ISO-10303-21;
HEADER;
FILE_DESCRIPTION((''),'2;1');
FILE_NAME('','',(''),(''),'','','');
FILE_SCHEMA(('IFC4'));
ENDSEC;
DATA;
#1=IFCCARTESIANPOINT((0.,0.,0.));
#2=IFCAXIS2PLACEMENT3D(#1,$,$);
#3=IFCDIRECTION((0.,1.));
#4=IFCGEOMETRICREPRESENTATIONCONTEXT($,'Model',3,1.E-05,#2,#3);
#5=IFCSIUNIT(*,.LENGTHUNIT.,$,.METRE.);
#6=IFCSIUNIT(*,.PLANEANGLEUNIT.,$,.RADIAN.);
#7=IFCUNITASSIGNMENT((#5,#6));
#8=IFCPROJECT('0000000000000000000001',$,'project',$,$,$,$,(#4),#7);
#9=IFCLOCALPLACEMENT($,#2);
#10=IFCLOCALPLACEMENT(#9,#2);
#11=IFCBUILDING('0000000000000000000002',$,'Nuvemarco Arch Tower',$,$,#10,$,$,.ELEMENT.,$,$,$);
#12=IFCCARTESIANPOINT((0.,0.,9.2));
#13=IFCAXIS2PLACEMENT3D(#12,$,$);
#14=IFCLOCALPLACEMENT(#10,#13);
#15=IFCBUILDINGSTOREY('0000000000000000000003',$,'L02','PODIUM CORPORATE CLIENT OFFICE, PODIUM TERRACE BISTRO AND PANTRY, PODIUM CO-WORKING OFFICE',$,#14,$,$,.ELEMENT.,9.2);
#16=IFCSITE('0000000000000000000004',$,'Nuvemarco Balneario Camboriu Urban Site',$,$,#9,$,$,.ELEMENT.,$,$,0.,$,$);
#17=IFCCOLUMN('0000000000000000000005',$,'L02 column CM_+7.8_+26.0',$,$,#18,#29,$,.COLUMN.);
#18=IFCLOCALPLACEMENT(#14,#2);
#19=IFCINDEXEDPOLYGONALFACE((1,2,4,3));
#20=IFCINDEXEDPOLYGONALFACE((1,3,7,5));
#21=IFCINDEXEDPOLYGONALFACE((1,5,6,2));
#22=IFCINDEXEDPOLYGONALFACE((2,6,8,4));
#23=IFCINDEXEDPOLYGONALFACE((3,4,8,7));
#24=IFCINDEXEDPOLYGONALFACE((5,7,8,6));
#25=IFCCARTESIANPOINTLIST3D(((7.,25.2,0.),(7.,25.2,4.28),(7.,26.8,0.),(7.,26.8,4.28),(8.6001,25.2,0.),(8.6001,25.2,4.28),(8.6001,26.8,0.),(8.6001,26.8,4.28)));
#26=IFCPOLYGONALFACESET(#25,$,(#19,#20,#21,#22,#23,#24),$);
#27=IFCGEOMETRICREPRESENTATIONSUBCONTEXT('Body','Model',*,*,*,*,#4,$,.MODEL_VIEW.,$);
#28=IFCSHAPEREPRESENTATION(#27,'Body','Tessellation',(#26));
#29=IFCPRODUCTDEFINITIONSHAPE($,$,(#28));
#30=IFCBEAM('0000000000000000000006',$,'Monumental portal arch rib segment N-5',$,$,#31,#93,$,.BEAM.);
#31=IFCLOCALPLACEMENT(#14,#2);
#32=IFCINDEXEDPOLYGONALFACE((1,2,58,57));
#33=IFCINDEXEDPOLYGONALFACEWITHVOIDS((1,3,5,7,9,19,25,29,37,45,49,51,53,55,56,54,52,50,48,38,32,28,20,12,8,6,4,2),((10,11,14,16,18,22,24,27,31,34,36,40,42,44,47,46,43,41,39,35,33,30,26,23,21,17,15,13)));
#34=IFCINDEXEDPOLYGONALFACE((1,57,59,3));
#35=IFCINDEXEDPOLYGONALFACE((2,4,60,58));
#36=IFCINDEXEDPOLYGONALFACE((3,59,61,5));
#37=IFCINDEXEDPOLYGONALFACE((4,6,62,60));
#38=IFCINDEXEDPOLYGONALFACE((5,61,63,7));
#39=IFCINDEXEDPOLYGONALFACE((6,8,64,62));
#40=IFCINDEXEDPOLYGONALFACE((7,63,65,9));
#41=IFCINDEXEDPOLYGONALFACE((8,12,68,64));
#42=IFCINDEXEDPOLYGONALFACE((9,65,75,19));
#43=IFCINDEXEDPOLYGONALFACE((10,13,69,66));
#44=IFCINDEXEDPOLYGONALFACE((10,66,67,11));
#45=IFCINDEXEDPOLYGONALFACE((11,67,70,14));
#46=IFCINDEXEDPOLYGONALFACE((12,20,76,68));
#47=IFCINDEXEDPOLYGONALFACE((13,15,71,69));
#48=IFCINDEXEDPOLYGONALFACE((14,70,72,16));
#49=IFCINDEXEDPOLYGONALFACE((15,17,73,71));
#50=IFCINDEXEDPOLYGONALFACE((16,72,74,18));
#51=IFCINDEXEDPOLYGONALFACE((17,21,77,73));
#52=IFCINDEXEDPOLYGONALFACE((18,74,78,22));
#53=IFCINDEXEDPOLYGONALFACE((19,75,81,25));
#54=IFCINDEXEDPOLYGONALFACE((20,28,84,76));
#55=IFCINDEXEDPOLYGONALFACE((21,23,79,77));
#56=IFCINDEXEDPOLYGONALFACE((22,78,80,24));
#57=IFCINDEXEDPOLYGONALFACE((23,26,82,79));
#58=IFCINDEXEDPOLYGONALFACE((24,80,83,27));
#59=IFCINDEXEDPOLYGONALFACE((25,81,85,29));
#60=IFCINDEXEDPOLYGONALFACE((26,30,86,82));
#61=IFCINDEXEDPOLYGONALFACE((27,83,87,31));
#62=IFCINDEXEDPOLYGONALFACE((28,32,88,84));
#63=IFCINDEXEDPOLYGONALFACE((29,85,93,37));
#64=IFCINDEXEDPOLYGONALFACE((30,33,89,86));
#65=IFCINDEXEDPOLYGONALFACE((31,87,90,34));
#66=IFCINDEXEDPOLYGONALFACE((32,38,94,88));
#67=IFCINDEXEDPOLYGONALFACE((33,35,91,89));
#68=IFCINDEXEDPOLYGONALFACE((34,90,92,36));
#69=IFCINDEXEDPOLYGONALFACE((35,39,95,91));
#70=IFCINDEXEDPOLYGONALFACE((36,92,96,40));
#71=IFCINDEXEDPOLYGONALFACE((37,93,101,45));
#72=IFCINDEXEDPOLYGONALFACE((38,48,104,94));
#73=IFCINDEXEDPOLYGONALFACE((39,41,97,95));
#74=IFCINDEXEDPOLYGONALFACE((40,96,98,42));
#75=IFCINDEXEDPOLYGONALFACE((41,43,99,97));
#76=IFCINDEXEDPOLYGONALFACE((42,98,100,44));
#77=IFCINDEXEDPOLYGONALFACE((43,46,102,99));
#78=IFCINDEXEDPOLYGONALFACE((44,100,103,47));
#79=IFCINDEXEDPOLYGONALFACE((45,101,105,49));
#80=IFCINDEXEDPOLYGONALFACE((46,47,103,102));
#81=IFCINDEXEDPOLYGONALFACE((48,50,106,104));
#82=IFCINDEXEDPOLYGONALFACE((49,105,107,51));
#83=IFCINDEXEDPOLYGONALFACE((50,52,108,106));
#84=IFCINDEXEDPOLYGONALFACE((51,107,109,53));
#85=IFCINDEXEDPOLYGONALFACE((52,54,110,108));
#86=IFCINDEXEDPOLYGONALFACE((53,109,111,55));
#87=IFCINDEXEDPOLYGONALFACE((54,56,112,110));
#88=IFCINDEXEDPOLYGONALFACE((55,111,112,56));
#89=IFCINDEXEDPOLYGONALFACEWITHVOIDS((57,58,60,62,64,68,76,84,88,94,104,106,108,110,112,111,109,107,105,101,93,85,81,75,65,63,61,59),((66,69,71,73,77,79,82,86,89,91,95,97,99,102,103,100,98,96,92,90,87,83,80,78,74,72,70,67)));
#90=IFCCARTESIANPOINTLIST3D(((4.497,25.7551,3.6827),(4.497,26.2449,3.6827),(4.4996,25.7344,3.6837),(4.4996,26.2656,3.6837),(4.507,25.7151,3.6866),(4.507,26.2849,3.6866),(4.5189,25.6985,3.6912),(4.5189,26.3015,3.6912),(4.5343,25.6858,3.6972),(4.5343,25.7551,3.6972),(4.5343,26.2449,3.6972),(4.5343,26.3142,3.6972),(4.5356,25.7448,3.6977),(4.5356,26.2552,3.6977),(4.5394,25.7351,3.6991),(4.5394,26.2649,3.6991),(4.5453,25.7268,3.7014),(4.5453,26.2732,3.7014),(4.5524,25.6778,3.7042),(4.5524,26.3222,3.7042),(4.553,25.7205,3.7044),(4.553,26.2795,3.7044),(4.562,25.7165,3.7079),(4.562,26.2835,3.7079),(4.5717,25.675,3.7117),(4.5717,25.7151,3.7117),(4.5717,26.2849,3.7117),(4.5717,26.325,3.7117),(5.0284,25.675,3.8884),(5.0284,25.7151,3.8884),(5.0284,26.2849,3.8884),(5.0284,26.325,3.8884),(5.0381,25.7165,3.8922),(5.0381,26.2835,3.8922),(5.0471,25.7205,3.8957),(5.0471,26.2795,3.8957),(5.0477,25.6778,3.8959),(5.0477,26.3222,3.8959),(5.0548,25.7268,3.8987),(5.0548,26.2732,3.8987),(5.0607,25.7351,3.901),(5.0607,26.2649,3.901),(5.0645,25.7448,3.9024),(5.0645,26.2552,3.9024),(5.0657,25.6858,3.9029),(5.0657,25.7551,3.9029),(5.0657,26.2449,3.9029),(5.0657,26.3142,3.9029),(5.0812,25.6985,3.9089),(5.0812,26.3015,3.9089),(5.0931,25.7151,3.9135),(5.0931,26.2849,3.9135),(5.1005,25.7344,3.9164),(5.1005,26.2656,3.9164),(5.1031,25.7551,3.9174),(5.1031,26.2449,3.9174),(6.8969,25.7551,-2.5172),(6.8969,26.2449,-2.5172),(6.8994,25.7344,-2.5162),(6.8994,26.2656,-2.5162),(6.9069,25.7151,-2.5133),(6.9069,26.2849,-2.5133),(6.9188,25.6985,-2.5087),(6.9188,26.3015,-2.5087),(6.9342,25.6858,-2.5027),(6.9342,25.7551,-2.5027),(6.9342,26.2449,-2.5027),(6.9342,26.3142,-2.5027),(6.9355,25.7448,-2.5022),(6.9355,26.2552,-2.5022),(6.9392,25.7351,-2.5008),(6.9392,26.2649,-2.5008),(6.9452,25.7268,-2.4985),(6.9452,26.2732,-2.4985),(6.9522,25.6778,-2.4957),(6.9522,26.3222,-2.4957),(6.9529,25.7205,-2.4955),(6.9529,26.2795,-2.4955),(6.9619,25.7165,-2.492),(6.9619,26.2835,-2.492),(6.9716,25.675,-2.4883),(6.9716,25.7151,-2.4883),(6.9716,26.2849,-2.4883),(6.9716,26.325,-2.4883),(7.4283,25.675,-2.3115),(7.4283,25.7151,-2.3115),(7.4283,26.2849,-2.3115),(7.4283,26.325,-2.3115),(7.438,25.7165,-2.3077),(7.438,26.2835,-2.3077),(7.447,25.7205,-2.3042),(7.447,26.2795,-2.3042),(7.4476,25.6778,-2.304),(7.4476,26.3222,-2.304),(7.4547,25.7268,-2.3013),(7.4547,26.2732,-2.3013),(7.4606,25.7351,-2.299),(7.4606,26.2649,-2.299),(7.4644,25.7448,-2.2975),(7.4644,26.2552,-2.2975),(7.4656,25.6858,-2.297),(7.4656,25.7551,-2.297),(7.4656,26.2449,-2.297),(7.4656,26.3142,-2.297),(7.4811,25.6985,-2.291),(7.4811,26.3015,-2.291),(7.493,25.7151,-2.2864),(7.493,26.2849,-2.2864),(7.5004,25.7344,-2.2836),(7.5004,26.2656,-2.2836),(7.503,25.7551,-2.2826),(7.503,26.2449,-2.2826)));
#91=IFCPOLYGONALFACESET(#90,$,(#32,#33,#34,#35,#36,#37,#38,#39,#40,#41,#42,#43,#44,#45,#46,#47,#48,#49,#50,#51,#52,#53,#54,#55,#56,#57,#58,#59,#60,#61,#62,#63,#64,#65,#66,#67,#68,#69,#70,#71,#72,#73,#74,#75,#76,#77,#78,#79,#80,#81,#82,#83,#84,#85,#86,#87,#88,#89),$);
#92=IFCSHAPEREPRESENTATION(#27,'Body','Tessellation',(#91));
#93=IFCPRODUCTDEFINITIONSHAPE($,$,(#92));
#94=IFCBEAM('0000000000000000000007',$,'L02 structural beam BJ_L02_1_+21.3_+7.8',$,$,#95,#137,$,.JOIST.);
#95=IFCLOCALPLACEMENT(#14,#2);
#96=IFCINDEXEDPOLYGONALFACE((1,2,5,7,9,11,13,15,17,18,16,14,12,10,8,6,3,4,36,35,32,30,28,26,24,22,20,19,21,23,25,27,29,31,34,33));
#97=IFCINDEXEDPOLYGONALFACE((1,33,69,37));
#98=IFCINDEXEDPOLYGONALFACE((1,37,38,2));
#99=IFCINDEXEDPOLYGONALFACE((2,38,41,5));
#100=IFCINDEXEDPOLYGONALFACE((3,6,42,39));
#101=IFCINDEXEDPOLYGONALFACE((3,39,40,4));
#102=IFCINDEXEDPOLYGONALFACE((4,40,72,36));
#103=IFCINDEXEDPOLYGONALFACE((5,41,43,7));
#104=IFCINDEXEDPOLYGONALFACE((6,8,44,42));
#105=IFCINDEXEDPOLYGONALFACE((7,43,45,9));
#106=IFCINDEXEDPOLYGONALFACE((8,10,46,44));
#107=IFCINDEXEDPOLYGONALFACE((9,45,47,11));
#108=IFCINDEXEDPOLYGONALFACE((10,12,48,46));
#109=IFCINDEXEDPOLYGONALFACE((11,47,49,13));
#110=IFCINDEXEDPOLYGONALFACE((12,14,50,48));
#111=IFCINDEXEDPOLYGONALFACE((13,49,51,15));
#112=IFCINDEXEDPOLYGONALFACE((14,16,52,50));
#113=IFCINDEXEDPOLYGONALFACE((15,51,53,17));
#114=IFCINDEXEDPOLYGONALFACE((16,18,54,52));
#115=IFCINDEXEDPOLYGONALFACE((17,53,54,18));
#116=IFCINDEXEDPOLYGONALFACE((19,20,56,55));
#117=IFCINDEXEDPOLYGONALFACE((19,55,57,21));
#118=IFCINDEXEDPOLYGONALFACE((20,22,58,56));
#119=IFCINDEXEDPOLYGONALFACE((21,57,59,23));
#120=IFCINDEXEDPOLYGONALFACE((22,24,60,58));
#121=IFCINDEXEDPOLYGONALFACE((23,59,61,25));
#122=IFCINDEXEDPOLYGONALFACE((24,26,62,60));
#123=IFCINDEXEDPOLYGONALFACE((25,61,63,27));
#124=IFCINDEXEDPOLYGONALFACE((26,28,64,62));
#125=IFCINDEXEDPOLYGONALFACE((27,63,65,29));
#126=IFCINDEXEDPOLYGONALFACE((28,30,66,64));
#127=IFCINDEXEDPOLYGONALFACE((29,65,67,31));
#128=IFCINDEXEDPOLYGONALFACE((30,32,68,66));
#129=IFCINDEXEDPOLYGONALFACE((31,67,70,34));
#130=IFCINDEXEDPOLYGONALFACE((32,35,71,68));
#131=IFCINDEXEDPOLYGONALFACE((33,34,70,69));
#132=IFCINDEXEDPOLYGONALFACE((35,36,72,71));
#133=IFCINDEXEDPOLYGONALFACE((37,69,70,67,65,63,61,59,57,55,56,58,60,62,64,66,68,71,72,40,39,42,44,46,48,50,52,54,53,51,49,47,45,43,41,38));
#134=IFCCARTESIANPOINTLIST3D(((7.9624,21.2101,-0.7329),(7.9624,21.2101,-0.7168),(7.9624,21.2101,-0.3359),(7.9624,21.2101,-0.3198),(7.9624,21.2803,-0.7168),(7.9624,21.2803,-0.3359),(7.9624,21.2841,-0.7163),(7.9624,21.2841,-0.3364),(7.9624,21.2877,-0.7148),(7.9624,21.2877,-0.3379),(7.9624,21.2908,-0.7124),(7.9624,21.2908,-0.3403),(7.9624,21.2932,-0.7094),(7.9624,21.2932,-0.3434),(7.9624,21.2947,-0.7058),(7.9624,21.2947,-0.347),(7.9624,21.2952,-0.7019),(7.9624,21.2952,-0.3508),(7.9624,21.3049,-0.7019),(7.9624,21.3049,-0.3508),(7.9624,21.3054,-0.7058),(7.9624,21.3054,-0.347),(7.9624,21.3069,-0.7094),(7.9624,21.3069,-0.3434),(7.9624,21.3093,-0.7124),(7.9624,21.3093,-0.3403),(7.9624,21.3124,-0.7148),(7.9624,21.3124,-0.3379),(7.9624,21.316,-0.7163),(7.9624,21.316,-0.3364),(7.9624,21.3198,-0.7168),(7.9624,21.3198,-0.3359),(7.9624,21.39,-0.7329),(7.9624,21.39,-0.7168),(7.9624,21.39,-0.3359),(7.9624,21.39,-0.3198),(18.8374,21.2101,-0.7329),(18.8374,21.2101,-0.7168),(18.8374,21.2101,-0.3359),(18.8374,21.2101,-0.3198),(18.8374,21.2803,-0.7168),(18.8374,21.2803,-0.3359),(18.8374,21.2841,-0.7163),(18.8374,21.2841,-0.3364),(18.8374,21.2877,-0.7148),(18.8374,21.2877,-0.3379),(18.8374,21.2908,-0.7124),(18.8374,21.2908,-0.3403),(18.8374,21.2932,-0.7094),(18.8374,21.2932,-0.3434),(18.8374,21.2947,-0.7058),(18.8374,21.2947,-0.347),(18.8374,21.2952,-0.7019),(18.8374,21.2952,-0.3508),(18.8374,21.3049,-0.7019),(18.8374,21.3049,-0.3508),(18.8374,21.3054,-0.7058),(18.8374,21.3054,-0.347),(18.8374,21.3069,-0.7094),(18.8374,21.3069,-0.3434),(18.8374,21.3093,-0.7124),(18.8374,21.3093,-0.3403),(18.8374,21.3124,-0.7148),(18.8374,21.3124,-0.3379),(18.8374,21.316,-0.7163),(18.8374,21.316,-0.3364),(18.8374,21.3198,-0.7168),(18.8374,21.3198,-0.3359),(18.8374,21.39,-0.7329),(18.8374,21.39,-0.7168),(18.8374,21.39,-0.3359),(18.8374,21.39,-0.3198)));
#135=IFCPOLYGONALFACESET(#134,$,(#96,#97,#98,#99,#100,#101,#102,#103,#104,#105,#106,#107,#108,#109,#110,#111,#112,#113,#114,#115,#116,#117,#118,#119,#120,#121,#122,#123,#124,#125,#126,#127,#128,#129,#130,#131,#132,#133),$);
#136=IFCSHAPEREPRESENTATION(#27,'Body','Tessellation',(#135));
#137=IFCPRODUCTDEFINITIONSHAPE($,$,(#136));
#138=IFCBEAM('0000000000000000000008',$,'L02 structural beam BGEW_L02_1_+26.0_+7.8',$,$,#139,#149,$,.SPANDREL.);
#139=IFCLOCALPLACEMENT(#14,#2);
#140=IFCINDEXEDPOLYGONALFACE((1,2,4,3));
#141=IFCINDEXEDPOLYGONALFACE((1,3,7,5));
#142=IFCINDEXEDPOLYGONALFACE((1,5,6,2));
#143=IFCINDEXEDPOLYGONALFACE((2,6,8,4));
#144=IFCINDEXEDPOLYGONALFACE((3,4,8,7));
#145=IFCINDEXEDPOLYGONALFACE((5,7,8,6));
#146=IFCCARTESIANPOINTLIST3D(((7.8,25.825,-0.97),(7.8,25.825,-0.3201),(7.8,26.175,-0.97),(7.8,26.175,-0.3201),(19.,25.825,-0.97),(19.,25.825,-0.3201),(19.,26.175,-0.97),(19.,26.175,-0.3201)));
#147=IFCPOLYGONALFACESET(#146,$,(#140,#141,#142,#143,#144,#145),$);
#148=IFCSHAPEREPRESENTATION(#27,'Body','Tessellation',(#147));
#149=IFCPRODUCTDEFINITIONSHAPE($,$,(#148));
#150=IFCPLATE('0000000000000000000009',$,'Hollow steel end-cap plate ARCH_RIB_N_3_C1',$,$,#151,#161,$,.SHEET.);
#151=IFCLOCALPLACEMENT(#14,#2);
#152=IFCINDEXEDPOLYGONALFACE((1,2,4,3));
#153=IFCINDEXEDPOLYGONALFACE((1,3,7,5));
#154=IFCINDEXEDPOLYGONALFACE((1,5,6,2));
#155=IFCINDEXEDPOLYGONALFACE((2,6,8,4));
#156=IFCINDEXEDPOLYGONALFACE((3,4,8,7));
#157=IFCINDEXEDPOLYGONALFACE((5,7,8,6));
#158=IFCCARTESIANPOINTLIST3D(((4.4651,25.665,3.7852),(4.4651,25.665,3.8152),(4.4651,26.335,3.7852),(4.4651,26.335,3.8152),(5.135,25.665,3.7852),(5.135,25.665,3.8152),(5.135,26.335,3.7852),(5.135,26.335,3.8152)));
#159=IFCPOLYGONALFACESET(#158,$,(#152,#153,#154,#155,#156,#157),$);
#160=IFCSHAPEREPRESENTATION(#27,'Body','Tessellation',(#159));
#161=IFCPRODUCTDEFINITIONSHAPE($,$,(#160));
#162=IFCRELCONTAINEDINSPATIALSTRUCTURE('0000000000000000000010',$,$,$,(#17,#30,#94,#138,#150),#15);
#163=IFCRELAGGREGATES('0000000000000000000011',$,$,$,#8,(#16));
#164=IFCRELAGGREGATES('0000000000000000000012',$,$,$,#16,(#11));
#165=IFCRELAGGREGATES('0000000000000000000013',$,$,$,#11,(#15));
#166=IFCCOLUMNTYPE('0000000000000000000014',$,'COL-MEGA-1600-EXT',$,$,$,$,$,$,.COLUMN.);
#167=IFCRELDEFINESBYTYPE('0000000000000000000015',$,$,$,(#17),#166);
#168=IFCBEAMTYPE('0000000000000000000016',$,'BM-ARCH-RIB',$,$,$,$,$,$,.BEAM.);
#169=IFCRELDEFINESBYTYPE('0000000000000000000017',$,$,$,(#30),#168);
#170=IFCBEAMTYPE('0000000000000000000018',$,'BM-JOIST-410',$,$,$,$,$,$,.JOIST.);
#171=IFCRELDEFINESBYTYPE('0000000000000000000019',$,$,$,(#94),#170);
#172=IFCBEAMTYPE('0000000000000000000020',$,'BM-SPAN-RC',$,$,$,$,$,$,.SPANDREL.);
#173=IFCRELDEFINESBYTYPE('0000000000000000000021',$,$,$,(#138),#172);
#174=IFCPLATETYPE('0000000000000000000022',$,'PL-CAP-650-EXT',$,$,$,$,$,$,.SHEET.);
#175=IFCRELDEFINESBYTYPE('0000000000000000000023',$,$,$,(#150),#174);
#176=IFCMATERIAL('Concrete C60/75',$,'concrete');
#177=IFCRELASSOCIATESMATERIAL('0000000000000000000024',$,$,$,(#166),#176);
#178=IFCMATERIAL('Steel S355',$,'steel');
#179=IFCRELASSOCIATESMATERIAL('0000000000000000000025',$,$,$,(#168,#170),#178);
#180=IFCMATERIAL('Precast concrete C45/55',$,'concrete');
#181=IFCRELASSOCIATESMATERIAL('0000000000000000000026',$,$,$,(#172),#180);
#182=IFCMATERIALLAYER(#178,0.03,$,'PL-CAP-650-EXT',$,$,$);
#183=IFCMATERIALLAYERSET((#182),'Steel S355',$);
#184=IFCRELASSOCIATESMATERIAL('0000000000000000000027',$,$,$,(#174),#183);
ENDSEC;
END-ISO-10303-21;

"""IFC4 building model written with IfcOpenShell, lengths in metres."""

from ifc_helpers import new_model, si_unit, direction, frame, origin, origin_2d, place, context, subcontext, project, spatial, rectangle, hollow_rectangle, i_section, extrude, source, transform, mapped, material, layer, layer_set, material_profile, profile_set, type_object, type_shapes, element, save


model = new_model("IFC4")

# Units and contexts
model_context = context("Model", 3, precision=1e-05, world=origin(), true_north=direction((0.0, 1.0)))
body_context = subcontext(model_context, "Body", "Model", "MODEL_VIEW")
ifc_project = project(units=[si_unit("LENGTHUNIT", "METRE"), si_unit("PLANEANGLEUNIT", "RADIAN")], contexts=[model_context])

# Site, building, storey
site_placement = place(None, origin())
site = spatial("IfcSite", under=ifc_project, at=site_placement, Name="Nuvemarco Balneario Camboriu Urban Site", CompositionType="ELEMENT", RefElevation=0.0)
building_placement = place(site_placement, origin())
building = spatial("IfcBuilding", under=site, at=building_placement, Name="Nuvemarco Arch Tower", CompositionType="ELEMENT")
storey_placement = place(building_placement, frame((0.0, 0.0, 9.2)))
storey = spatial("IfcBuildingStorey", under=building, at=storey_placement, Name="L02", Description="PODIUM CORPORATE CLIENT OFFICE, PODIUM TERRACE BISTRO AND PANTRY, PODIUM CO-WORKING OFFICE", CompositionType="ELEMENT", Elevation=9.2)

# Column
ifc_material_1 = material(Name="Concrete C60/75", Category="concrete")
ifc_material_profile_1 = material_profile(ifc_material_1, rectangle(XDim=1.6001, YDim=1.6001, at=origin_2d()), Name="RC-COL-1600x1600")
ifc_profile_set_1 = profile_set([ifc_material_profile_1], Name="Concrete C60/75")
column_type = type_object("IfcColumnType", Name="COL-MEGA-1600-EXT", PredefinedType="COLUMN", material=ifc_profile_set_1)
column_placement = place(storey_placement, frame((7.8, 26.0, 0.0), z_axis=(0.0, 0.0, 1.0), x_axis=(1.0, 0.0, 0.0)))
element("IfcColumn", 1, at=column_placement, inside=storey, type_object=column_type, Name="L02 column CM_+7.8_+26.0", PredefinedType="COLUMN", context=body_context, shape_type="SweptSolid", body=[
    extrude(rectangle(XDim=1.6001, YDim=1.6001, at=origin_2d()), origin(), (0.0, 0.0, 1.0), 4.28),
])

# Beams
ifc_material_2 = material(Name="Steel S355", Category="steel")
ifc_material_profile_2 = material_profile(ifc_material_2, hollow_rectangle(XDim=0.6499, YDim=0.6499, WallThickness=0.04, InnerFilletRadius=0.04, OuterFilletRadius=0.0801, at=origin_2d()), Name="SHS650x650x40")
ifc_profile_set_2 = profile_set([ifc_material_profile_2], Name="Steel S355")
beam_type_1 = type_object("IfcBeamType", Name="BM-ARCH-RIB", PredefinedType="BEAM", material=ifc_profile_set_2)
beam_1_placement = place(storey_placement, frame((4.8, 26.0, 3.8), z_axis=(0.360984, 0.0, -0.932572), x_axis=(0.0, 1.0, 0.0)))
element("IfcBeam", 2, at=beam_1_placement, inside=storey, type_object=beam_type_1, Name="Monumental portal arch rib segment N-5", PredefinedType="BEAM", context=body_context, shape_type="SweptSolid", body=[
    extrude(hollow_rectangle(XDim=0.6499, YDim=0.6499, WallThickness=0.04, InnerFilletRadius=0.04, OuterFilletRadius=0.0801, at=origin_2d()), origin(), (0.0, 0.0, 1.0), 6.6482),
])
ifc_material_profile_3 = material_profile(ifc_material_2, i_section(OverallWidth=0.1799, OverallDepth=0.4131, WebThickness=0.0098, FlangeThickness=0.0161, FilletRadius=0.0149, at=origin_2d()), Name="W410x75")
ifc_profile_set_3 = profile_set([ifc_material_profile_3], Name="Steel S355")
beam_type_2 = type_object("IfcBeamType", Name="BM-JOIST-410", PredefinedType="JOIST", material=ifc_profile_set_3)
beam_2_placement = place(storey_placement, frame((7.9624, 21.3, -0.5264), z_axis=(1.0, 0.0, 0.0), x_axis=(0.0, 1.0, 0.0)))
element("IfcBeam", 3, at=beam_2_placement, inside=storey, type_object=beam_type_2, Name="L02 structural beam BJ_L02_1_+21.3_+7.8", PredefinedType="JOIST", context=body_context, shape_type="SweptSolid", body=[
    extrude(i_section(OverallWidth=0.1799, OverallDepth=0.4131, WebThickness=0.0098, FlangeThickness=0.0161, FilletRadius=0.0149, at=origin_2d()), origin(), (0.0, 0.0, 1.0), 10.875),
])
ifc_material_3 = material(Name="Precast concrete C45/55", Category="concrete")
ifc_material_profile_4 = material_profile(ifc_material_3, rectangle(XDim=0.3501, YDim=0.6499, at=origin_2d()), Name="PC-SP-350x650")
ifc_profile_set_4 = profile_set([ifc_material_profile_4], Name="Precast concrete C45/55")
beam_type_3 = type_object("IfcBeamType", Name="BM-SPAN-RC", PredefinedType="SPANDREL", material=ifc_profile_set_4)
beam_3_placement = place(storey_placement, frame((7.8, 26.0, -0.645), z_axis=(1.0, 0.0, 0.0), x_axis=(0.0, 1.0, 0.0)))
element("IfcBeam", 4, at=beam_3_placement, inside=storey, type_object=beam_type_3, Name="L02 structural beam BGEW_L02_1_+26.0_+7.8", PredefinedType="SPANDREL", context=body_context, shape_type="SweptSolid", body=[
    extrude(rectangle(XDim=0.3501, YDim=0.6499, at=origin_2d()), origin(), (0.0, 0.0, 1.0), 11.2),
])

# Plate
ifc_layer_1 = layer(ifc_material_2, 0.03, Name="PL-CAP-650-EXT")
ifc_layer_set_1 = layer_set([ifc_layer_1], Name="Steel S355")
plate_type_1 = type_object("IfcPlateType", Name="PL-CAP-650-EXT", PredefinedType="SHEET", material=ifc_layer_set_1)
shared_shape_1 = source(origin(), body_context, "Body", "SweptSolid", [
    extrude(rectangle(XDim=0.6699, YDim=0.6699, at=origin_2d()), origin(), (0.0, 0.0, 1.0), 0.03),
])
type_shapes(plate_type_1, [shared_shape_1])
plate_1_placement = place(storey_placement, frame((4.8, 26.0, 3.7852), z_axis=(0.0, 0.0, 1.0), x_axis=(1.0, 0.0, 0.0)))
element("IfcPlate", 5, at=plate_1_placement, inside=storey, type_object=plate_type_1, Name="Hollow steel end-cap plate ARCH_RIB_N_3_C1", PredefinedType="SHEET", context=body_context, shape_type="MappedRepresentation", body=[
    mapped(shared_shape_1, transform((0.0, 0.0, 0.0), scale=1.0)),
])

save(model, "model.ifc")
